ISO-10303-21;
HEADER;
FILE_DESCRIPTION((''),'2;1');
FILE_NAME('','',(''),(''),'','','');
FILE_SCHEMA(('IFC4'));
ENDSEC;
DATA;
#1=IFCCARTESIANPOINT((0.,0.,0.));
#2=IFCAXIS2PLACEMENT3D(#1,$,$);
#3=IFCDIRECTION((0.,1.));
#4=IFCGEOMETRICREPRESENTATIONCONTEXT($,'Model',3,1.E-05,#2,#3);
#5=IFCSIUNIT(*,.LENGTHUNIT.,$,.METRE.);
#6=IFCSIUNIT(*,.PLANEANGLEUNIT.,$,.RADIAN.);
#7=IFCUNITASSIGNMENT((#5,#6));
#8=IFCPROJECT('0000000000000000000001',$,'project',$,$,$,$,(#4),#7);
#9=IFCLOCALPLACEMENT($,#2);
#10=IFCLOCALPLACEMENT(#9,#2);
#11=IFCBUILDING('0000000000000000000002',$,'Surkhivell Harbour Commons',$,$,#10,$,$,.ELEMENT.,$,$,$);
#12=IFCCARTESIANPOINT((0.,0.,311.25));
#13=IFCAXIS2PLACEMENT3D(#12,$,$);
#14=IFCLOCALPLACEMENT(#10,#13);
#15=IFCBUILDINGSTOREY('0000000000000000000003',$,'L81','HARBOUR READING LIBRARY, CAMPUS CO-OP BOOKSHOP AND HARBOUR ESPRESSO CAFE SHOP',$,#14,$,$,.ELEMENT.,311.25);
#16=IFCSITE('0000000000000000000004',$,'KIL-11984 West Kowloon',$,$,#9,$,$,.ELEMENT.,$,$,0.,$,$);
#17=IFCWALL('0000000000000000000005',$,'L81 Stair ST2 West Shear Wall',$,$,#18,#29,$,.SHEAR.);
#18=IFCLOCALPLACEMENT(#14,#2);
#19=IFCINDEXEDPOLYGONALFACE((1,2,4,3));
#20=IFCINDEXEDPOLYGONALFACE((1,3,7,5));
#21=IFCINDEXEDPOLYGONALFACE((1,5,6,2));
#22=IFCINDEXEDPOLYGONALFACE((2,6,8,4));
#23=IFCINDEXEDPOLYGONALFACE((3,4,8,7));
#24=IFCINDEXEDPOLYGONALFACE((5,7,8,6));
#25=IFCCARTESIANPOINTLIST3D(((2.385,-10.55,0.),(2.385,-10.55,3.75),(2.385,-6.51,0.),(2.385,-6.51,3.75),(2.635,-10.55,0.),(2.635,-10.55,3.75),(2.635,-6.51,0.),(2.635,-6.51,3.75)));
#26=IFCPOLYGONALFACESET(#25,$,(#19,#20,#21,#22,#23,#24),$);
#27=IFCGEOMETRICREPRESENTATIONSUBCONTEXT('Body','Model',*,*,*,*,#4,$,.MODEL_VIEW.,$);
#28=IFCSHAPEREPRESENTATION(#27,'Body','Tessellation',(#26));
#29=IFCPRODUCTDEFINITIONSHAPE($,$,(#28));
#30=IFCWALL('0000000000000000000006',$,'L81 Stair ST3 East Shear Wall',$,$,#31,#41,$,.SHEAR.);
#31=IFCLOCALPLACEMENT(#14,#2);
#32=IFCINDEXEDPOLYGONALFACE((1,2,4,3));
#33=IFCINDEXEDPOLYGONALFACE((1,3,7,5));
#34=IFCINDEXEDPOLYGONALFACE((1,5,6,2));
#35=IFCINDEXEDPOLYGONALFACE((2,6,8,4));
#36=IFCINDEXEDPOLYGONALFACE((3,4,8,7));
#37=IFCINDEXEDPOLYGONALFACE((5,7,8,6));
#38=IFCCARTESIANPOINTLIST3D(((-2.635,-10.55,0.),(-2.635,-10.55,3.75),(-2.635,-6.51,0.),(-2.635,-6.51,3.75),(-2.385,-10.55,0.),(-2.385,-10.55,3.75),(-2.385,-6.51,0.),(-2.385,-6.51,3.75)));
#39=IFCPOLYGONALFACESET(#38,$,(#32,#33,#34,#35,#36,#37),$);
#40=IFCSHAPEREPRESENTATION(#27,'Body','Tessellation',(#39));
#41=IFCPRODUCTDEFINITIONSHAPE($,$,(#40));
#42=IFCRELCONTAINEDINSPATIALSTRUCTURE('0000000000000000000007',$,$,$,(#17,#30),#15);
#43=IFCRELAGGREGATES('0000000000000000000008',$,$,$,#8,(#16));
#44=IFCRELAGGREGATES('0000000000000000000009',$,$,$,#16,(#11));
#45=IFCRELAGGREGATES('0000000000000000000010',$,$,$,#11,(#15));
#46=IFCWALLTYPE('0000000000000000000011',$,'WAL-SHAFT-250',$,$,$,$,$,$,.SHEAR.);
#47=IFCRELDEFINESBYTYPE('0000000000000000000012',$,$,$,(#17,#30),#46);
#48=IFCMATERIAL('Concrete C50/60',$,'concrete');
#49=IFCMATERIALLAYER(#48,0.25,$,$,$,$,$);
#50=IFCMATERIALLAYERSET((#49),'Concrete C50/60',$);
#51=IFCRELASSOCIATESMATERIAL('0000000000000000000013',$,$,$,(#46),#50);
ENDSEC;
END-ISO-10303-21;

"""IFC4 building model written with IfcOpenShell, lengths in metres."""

from ifc_helpers import new_model, si_unit, direction, frame, frame_2d, origin, place, context, subcontext, project, spatial, rectangle, extrude, material, layer, layer_set, type_object, element, save


model = new_model("IFC4")

# Units and contexts
model_context = context("Model", 3, precision=1e-05, world=origin(), true_north=direction((0.0, 1.0)))
body_context = subcontext(model_context, "Body", "Model", "MODEL_VIEW")
ifc_project = project(units=[si_unit("LENGTHUNIT", "METRE"), si_unit("PLANEANGLEUNIT", "RADIAN")], contexts=[model_context])

# Site, building, storey
site_placement = place(None, origin())
site = spatial("IfcSite", under=ifc_project, at=site_placement, Name="KIL-11984 West Kowloon", CompositionType="ELEMENT", RefElevation=0.0)
building_placement = place(site_placement, origin())
building = spatial("IfcBuilding", under=site, at=building_placement, Name="Surkhivell Harbour Commons", CompositionType="ELEMENT")
storey_placement = place(building_placement, frame((0.0, 0.0, 311.25)))
storey = spatial("IfcBuildingStorey", under=building, at=storey_placement, Name="L81", Description="HARBOUR READING LIBRARY, CAMPUS CO-OP BOOKSHOP AND HARBOUR ESPRESSO CAFE SHOP", CompositionType="ELEMENT", Elevation=311.25)

# Shared definitions
ifc_material_1 = material(Name="Concrete C50/60", Category="concrete")

# Shared definitions
ifc_layer_1 = layer(ifc_material_1, 0.25)
ifc_layer_set_1 = layer_set([ifc_layer_1], Name="Concrete C50/60")
wall_type_1 = type_object("IfcWallType", Name="WAL-SHAFT-250", PredefinedType="SHEAR", material=ifc_layer_set_1)

# Walls
for number, where, z_axis, x_axis, name in (
    (1, (2.51, -10.55, 0.0), (0.0, 0.0, 1.0), (0.0, 1.0, 0.0), "L81 Stair ST2 West Shear Wall"),
    (2, (-2.51, -10.55, 0.0), (0.0, 0.0, 1.0), (0.0, 1.0, 0.0), "L81 Stair ST3 East Shear Wall"),
):
    element("IfcWall", number, at=place(storey_placement, frame(where, z_axis=z_axis, x_axis=x_axis)), inside=storey, type_object=wall_type_1, Name=name, PredefinedType="SHEAR", context=body_context, shape_type="SweptSolid", body=[
        extrude(rectangle(XDim=4.04, YDim=0.25, at=frame_2d((2.02, 0.0))), origin(), (0.0, 0.0, 1.0), 3.75),
    ])

save(model, "model.ifc")
